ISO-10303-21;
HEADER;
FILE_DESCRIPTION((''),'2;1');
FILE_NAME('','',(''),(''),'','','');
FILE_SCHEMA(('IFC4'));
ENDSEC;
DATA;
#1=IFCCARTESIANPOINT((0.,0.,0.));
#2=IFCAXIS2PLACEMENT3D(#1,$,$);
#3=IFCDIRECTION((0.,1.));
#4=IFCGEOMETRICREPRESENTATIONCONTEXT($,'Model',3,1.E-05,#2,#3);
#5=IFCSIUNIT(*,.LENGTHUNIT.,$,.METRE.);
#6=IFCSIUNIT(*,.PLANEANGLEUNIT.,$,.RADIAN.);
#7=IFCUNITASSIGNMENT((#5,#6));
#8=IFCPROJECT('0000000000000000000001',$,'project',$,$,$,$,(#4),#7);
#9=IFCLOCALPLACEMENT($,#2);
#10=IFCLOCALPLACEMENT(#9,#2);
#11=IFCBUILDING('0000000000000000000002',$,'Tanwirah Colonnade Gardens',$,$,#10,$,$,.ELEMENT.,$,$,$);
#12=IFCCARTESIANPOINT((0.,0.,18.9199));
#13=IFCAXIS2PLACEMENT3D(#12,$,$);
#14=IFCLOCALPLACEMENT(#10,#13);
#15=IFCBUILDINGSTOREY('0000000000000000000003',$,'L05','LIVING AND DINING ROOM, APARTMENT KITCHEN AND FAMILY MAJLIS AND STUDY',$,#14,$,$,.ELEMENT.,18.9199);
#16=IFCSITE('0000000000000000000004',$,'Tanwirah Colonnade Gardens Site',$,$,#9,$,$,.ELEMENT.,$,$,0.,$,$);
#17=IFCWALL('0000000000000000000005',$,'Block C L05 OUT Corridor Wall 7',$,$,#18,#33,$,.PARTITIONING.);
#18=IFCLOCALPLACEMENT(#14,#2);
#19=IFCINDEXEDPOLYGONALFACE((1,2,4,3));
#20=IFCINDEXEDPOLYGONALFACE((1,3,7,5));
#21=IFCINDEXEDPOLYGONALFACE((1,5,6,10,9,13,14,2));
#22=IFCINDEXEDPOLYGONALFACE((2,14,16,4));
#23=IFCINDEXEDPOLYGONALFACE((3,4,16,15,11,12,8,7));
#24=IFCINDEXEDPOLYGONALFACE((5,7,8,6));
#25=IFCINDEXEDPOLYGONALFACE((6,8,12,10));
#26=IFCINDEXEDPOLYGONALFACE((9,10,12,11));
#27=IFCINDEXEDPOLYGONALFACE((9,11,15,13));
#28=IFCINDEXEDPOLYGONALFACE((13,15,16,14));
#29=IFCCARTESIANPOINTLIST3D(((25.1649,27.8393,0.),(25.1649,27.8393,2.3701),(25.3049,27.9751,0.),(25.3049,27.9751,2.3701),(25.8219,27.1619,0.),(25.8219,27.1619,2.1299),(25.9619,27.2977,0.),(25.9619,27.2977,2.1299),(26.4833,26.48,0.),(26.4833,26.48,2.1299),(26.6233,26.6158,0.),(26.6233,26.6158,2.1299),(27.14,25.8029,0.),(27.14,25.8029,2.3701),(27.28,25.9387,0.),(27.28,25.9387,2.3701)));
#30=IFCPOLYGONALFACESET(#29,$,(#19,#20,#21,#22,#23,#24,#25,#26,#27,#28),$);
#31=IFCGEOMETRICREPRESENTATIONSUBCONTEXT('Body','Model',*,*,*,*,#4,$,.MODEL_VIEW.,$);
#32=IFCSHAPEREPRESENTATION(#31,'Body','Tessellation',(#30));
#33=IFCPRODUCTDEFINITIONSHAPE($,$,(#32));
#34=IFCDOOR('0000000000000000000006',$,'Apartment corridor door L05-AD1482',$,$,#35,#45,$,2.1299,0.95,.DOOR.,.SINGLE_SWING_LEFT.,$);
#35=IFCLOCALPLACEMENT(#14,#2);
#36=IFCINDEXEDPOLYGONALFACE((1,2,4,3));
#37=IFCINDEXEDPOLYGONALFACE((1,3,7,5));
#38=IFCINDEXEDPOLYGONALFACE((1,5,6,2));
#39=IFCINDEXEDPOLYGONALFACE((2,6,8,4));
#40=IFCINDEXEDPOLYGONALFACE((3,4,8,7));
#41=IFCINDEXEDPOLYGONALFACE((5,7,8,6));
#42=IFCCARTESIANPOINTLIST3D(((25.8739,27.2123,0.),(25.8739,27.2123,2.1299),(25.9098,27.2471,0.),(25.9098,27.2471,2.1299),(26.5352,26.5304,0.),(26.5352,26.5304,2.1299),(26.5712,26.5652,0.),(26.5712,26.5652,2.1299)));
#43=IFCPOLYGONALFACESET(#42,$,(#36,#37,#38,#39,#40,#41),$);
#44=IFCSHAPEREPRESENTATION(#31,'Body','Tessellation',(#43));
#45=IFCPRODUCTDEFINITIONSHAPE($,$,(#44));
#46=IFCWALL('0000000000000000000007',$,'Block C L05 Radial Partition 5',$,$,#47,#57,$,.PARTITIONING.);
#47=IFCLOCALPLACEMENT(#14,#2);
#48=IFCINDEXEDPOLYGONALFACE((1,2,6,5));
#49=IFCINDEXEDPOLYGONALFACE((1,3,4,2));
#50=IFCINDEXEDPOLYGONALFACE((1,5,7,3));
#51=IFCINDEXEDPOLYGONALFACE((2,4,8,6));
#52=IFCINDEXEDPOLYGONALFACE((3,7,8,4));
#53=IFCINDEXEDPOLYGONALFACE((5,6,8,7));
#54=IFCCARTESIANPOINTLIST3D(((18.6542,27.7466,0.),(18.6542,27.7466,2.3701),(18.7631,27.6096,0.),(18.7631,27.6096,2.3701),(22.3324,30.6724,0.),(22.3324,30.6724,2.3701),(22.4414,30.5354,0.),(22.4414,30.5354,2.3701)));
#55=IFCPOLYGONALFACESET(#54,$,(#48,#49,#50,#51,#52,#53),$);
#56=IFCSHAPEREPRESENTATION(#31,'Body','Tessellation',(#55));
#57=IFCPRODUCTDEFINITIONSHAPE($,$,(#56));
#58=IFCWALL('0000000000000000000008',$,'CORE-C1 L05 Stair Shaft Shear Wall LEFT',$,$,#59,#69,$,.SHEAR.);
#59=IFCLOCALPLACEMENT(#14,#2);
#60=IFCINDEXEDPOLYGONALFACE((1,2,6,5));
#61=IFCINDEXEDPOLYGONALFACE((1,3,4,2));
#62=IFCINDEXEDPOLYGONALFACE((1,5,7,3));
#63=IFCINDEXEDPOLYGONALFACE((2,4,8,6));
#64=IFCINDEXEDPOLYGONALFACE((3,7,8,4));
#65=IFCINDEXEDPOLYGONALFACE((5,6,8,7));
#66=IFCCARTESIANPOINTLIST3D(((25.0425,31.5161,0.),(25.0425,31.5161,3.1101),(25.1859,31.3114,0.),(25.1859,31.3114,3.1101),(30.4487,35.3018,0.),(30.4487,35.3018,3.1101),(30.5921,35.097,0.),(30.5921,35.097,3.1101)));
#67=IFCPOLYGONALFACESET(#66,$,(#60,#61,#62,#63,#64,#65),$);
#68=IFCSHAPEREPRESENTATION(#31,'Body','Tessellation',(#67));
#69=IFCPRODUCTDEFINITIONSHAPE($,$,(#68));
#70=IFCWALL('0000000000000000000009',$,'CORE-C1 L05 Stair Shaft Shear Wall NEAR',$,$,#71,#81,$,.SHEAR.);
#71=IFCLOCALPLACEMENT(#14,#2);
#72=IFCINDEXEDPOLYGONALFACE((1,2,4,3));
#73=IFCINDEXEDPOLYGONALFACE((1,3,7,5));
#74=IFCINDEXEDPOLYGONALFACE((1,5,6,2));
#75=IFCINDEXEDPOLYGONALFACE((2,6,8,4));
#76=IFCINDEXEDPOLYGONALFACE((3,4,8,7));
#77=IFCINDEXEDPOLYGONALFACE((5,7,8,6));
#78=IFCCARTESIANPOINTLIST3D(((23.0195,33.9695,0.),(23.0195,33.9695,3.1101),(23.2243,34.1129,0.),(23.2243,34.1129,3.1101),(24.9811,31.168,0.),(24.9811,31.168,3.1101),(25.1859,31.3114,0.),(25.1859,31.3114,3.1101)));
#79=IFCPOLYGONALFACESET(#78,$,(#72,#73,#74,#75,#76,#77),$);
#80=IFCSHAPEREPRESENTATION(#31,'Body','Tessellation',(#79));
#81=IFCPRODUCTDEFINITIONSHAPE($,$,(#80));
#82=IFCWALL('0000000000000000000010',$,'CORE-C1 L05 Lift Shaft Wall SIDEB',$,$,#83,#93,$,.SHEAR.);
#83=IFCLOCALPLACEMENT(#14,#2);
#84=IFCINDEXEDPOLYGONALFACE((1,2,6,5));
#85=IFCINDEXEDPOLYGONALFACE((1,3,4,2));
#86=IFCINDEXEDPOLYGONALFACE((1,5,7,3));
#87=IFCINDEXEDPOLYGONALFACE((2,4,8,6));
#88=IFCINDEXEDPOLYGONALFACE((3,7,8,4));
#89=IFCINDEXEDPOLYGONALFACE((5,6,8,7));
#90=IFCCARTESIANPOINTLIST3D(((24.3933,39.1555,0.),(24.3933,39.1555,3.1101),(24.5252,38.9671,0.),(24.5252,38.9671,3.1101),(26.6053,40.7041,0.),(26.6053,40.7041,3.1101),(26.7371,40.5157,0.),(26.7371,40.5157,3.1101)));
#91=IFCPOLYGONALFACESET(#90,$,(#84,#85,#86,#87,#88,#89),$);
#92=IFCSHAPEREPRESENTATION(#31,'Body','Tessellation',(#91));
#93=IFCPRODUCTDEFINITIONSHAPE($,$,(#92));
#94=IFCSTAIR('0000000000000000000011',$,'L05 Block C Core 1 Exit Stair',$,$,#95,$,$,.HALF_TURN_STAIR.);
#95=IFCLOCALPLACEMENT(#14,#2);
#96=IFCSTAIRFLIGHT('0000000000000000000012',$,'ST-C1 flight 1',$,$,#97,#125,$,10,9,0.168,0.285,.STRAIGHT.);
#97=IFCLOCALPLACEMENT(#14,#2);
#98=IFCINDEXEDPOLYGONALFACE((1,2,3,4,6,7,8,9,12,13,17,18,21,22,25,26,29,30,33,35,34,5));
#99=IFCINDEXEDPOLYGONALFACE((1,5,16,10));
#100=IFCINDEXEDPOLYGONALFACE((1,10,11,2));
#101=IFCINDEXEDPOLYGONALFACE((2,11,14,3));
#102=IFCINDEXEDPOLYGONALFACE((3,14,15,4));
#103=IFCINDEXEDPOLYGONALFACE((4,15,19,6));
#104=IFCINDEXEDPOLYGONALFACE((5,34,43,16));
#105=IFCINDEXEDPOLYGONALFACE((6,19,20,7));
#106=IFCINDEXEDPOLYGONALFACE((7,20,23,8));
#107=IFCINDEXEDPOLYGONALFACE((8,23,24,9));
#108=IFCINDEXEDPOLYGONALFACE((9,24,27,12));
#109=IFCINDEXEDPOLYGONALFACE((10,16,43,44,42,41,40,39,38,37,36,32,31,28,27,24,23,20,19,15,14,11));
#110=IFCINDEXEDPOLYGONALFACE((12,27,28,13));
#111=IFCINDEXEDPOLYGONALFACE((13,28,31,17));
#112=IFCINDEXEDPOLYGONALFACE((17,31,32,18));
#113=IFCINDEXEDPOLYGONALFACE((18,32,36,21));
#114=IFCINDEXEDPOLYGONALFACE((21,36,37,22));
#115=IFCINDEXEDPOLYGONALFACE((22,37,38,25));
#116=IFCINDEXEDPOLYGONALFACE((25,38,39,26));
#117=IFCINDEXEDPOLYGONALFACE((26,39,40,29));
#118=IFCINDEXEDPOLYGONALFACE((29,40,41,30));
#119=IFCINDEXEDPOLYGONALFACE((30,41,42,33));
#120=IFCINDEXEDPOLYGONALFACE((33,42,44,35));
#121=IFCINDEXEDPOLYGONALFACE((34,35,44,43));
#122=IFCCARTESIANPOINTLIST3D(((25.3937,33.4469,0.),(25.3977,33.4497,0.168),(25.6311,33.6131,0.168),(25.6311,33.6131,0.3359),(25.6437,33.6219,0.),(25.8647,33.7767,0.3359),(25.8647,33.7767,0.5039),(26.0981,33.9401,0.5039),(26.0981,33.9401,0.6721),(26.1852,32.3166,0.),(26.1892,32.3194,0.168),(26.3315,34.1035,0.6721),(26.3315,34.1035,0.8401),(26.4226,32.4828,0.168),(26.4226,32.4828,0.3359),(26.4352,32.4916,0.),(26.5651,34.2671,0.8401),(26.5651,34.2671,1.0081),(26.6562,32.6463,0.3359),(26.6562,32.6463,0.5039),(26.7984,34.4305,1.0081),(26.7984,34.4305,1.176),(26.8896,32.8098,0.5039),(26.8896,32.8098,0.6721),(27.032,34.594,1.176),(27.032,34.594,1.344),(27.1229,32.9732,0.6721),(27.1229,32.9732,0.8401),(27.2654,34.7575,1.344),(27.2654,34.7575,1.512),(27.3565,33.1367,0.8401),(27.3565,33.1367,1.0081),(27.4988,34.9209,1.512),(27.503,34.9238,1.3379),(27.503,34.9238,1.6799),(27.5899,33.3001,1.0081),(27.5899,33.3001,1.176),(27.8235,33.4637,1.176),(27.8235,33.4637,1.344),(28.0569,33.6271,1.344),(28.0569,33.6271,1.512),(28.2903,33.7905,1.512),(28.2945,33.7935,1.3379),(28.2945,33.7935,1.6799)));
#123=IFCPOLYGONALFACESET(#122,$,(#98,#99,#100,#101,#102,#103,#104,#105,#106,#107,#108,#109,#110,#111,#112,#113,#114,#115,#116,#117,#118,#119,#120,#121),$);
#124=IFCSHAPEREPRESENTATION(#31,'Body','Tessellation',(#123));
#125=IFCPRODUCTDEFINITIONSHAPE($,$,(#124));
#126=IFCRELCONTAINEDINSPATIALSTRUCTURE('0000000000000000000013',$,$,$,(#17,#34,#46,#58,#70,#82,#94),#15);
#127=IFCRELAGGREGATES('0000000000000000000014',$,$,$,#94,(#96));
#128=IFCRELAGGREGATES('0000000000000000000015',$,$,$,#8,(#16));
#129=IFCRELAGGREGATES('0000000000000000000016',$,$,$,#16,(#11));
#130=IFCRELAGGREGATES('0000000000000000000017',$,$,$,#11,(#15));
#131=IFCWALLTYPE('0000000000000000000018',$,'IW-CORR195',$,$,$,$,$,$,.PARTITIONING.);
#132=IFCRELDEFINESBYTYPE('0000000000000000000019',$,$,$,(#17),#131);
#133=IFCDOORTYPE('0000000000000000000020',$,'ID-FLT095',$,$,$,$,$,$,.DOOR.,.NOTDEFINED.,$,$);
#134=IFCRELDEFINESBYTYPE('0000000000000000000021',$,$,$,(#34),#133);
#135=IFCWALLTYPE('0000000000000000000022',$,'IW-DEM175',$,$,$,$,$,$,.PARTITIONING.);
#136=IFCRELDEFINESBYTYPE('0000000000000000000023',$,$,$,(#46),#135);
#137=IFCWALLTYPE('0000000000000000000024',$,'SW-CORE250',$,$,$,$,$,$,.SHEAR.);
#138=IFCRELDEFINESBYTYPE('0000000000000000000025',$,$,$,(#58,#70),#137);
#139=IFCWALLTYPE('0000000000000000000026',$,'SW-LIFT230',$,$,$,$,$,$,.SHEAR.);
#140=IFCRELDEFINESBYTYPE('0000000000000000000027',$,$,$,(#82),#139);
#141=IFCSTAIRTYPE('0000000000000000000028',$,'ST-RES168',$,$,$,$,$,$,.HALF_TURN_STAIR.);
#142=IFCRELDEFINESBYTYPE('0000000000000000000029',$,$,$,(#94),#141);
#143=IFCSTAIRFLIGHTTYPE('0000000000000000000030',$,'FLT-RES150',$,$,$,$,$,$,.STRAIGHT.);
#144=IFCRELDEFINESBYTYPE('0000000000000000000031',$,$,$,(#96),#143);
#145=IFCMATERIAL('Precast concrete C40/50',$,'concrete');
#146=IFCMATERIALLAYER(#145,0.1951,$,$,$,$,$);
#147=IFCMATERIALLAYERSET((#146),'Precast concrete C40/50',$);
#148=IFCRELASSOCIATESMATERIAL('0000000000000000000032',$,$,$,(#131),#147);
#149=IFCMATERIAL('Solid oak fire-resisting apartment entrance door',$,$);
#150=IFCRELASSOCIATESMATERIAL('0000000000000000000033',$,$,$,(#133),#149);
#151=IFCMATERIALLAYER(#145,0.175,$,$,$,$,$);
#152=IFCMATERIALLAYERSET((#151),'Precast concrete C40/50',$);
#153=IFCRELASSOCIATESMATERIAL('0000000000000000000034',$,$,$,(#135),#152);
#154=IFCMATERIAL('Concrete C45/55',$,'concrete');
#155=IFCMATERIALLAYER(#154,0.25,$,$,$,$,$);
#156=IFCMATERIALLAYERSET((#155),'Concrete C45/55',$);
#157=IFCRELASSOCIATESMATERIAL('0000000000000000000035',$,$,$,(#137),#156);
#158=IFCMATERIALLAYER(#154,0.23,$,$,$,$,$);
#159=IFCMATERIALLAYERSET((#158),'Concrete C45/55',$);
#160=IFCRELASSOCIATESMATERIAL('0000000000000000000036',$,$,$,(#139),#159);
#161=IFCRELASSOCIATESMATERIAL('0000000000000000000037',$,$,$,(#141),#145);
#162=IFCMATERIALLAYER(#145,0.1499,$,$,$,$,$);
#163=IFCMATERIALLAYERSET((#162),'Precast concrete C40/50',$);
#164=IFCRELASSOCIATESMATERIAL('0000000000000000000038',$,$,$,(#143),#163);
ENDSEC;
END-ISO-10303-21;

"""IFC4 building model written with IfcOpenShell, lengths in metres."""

from ifc_helpers import new_model, si_unit, direction, frame, frame_2d, origin, place, context, subcontext, project, spatial, polyline, rectangle, outline, extrude, material, layer, layer_set, type_object, element, fill, aggregate, save


model = new_model("IFC4")

# Units and contexts
model_context = context("Model", 3, precision=1e-05, world=origin(), true_north=direction((0.0, 1.0)))
body_context = subcontext(model_context, "Body", "Model", "MODEL_VIEW")
ifc_project = project(units=[si_unit("LENGTHUNIT", "METRE"), si_unit("PLANEANGLEUNIT", "RADIAN")], contexts=[model_context])

# Site, building, storey
site_placement = place(None, origin())
site = spatial("IfcSite", under=ifc_project, at=site_placement, Name="Tanwirah Colonnade Gardens Site", CompositionType="ELEMENT", RefElevation=0.0)
building_placement = place(site_placement, origin())
building = spatial("IfcBuilding", under=site, at=building_placement, Name="Tanwirah Colonnade Gardens", CompositionType="ELEMENT")
storey_placement = place(building_placement, frame((0.0, 0.0, 18.9199)))
storey = spatial("IfcBuildingStorey", under=building, at=storey_placement, Name="L05", Description="LIVING AND DINING ROOM, APARTMENT KITCHEN AND FAMILY MAJLIS AND STUDY", CompositionType="ELEMENT", Elevation=18.9199)

# Shared definitions
ifc_material_1 = material(Name="Precast concrete C40/50", Category="concrete")

# Wall, opening, door
ifc_layer_1 = layer(ifc_material_1, 0.1951)
ifc_layer_set_1 = layer_set([ifc_layer_1], Name="Precast concrete C40/50")
wall_type_1 = type_object("IfcWallType", Name="IW-CORR195", PredefinedType="PARTITIONING", material=ifc_layer_set_1)
ifc_material_2 = material(Name="Solid oak fire-resisting apartment entrance door")
wall_1_placement = place(storey_placement, frame((25.2349, 27.9072, 0.0), z_axis=(0.0, 0.0, 1.0), x_axis=(0.696224, -0.717825, 0.0)))
wall_1 = element("IfcWall", 1, at=wall_1_placement, inside=storey, type_object=wall_type_1, Name="Block C L05 OUT Corridor Wall 7", PredefinedType="PARTITIONING", context=body_context, shape_type="SweptSolid", body=[
    extrude(rectangle(XDim=2.8369, YDim=0.1951, at=frame_2d((1.4185, 0.0))), origin(), (0.0, 0.0, 1.0), 2.3701),
])
opening_1_placement = place(wall_1_placement, frame((0.9436, 0.0, 0.0)))
opening_1 = element("IfcOpeningElement", 2, at=opening_1_placement, cuts=wall_1, PredefinedType="OPENING", context=body_context, shape_type="SweptSolid", body=[
    extrude(rectangle(XDim=0.95, YDim=2.1299, at=frame_2d((0.4751, 1.0649))), frame((0.0, 0.1074, 0.0), z_axis=(0.0, -1.0, 0.0), x_axis=(1.0, 0.0, 0.0)), (0.0, 0.0, 1.0), 0.2151),
])
door_type_1 = type_object("IfcDoorType", Name="ID-FLT095", OperationType="NOTDEFINED", PredefinedType="DOOR", material=ifc_material_2)
door_1_placement = place(opening_1_placement, origin())
door_1 = element("IfcDoor", 3, at=door_1_placement, inside=storey, type_object=door_type_1, Name="Apartment corridor door L05-AD1482", OperationType="SINGLE_SWING_LEFT", OverallHeight=2.1299, OverallWidth=0.95, PredefinedType="DOOR", context=body_context, shape_type="SweptSolid", body=[
    extrude(rectangle(XDim=0.95, YDim=2.1299, at=frame_2d((0.4751, 1.0649))), frame((0.0, 0.0249, 0.0), z_axis=(0.0, -1.0, 0.0), x_axis=(1.0, 0.0, 0.0)), (0.0, 0.0, 1.0), 0.05),
])
fill(opening_1, door_1)

# Wall
ifc_layer_2 = layer(ifc_material_1, 0.175)
ifc_layer_set_2 = layer_set([ifc_layer_2], Name="Precast concrete C40/50")
wall_type_2 = type_object("IfcWallType", Name="IW-DEM175", PredefinedType="PARTITIONING", material=ifc_layer_set_2)
wall_2_placement = place(storey_placement, frame((22.387, 30.604, 0.0), z_axis=(0.0, 0.0, 1.0), x_axis=(-0.782609, -0.622513, 0.0)))
element("IfcWall", 4, at=wall_2_placement, inside=storey, type_object=wall_type_2, Name="Block C L05 Radial Partition 5", PredefinedType="PARTITIONING", context=body_context, shape_type="SweptSolid", body=[
    extrude(rectangle(XDim=4.7, YDim=0.175, at=frame_2d((2.3501, 0.0))), origin(), (0.0, 0.0, 1.0), 2.3701),
])

# Walls
ifc_material_3 = material(Name="Concrete C45/55", Category="concrete")
ifc_layer_3 = layer(ifc_material_3, 0.25)
ifc_layer_set_3 = layer_set([ifc_layer_3], Name="Concrete C45/55")
wall_type_3 = type_object("IfcWallType", Name="SW-CORE250", PredefinedType="SHEAR", material=ifc_layer_set_3)
wall_3_placement = place(storey_placement, frame((25.1143, 31.4138, 0.0), z_axis=(0.0, 0.0, 1.0), x_axis=(0.819142, 0.573591, 0.0)))
element("IfcWall", 5, at=wall_3_placement, inside=storey, type_object=wall_type_3, Name="CORE-C1 L05 Stair Shaft Shear Wall LEFT", PredefinedType="SHEAR", context=body_context, shape_type="SweptSolid", body=[
    extrude(rectangle(XDim=6.5999, YDim=0.25, at=frame_2d((3.2998, 0.0))), origin(), (0.0, 0.0, 1.0), 3.1101),
])
wall_4_placement = place(storey_placement, frame((25.0835, 31.2397, 0.0), z_axis=(0.0, 0.0, 1.0), x_axis=(-0.573582, 0.819148, 0.0)))
element("IfcWall", 6, at=wall_4_placement, inside=storey, type_object=wall_type_3, Name="CORE-C1 L05 Stair Shaft Shear Wall NEAR", PredefinedType="SHEAR", context=body_context, shape_type="SweptSolid", body=[
    extrude(rectangle(XDim=3.4199, YDim=0.25, at=frame_2d((1.71, 0.0))), origin(), (0.0, 0.0, 1.0), 3.1101),
])

# Wall
ifc_layer_4 = layer(ifc_material_3, 0.23)
ifc_layer_set_4 = layer_set([ifc_layer_4], Name="Concrete C45/55")
wall_type_4 = type_object("IfcWallType", Name="SW-LIFT230", PredefinedType="SHEAR", material=ifc_layer_set_4)
wall_5_placement = place(storey_placement, frame((24.4592, 39.0613, 0.0), z_axis=(0.0, 0.0, 1.0), x_axis=(0.819189, 0.573523, 0.0)))
element("IfcWall", 7, at=wall_5_placement, inside=storey, type_object=wall_type_4, Name="CORE-C1 L05 Lift Shaft Wall SIDEB", PredefinedType="SHEAR", context=body_context, shape_type="SweptSolid", body=[
    extrude(rectangle(XDim=2.7002, YDim=0.23, at=frame_2d((1.3501, 0.0))), origin(), (0.0, 0.0, 1.0), 3.1101),
])

# Stair, stair flight
stair_type = type_object("IfcStairType", Name="ST-RES168", PredefinedType="HALF_TURN_STAIR", material=ifc_material_1)
stair_placement = place(storey_placement, origin())
stair = element("IfcStair", 8, at=stair_placement, inside=storey, type_object=stair_type, Name="L05 Block C Core 1 Exit Stair", PredefinedType="HALF_TURN_STAIR")
ifc_layer_5 = layer(ifc_material_1, 0.1499)
ifc_layer_set_5 = layer_set([ifc_layer_5], Name="Precast concrete C40/50")
stair_flight_type = type_object("IfcStairFlightType", Name="FLT-RES150", PredefinedType="STRAIGHT", material=ifc_layer_set_5)
stair_flight_placement = place(storey_placement, frame((25.7935, 32.8845, 0.0), z_axis=(0.0, 0.0, 1.0), x_axis=(0.819152, 0.573576, 0.0)))
stair_flight = element("IfcStairFlight", 9, at=stair_flight_placement, type_object=stair_flight_type, Name="ST-C1 flight 1", NumberOfRisers=10, NumberOfTreads=9, PredefinedType="STRAIGHT", RiserHeight=0.168, TreadLength=0.285, context=body_context, shape_type="SweptSolid", body=[
    extrude(outline(polyline([(-0.0049, 0.0), (0.0, 0.168), (0.2849, 0.168), (0.2849, 0.3359), (0.5701, 0.3359), (0.5701, 0.5039), (0.855, 0.5039), (0.855, 0.6721), (1.1399, 0.6721), (1.1399, 0.8401), (1.425, 0.8401), (1.425, 1.0081), (1.71, 1.0081), (1.71, 1.176), (1.9951, 1.176), (1.9951, 1.344), (2.28, 1.344), (2.28, 1.512), (2.5649, 1.512), (2.5701, 1.6799), (2.5701, 1.3379), (0.3003, 0.0), (-0.0049, 0.0)])), frame((0.0, 0.6899, 0.0), z_axis=(0.0, -1.0, 0.0), x_axis=(1.0, 0.0, 0.0)), (0.0, 0.0, 1.0), 1.3799),
])
aggregate(stair, [stair_flight])

save(model, "model.ifc")
